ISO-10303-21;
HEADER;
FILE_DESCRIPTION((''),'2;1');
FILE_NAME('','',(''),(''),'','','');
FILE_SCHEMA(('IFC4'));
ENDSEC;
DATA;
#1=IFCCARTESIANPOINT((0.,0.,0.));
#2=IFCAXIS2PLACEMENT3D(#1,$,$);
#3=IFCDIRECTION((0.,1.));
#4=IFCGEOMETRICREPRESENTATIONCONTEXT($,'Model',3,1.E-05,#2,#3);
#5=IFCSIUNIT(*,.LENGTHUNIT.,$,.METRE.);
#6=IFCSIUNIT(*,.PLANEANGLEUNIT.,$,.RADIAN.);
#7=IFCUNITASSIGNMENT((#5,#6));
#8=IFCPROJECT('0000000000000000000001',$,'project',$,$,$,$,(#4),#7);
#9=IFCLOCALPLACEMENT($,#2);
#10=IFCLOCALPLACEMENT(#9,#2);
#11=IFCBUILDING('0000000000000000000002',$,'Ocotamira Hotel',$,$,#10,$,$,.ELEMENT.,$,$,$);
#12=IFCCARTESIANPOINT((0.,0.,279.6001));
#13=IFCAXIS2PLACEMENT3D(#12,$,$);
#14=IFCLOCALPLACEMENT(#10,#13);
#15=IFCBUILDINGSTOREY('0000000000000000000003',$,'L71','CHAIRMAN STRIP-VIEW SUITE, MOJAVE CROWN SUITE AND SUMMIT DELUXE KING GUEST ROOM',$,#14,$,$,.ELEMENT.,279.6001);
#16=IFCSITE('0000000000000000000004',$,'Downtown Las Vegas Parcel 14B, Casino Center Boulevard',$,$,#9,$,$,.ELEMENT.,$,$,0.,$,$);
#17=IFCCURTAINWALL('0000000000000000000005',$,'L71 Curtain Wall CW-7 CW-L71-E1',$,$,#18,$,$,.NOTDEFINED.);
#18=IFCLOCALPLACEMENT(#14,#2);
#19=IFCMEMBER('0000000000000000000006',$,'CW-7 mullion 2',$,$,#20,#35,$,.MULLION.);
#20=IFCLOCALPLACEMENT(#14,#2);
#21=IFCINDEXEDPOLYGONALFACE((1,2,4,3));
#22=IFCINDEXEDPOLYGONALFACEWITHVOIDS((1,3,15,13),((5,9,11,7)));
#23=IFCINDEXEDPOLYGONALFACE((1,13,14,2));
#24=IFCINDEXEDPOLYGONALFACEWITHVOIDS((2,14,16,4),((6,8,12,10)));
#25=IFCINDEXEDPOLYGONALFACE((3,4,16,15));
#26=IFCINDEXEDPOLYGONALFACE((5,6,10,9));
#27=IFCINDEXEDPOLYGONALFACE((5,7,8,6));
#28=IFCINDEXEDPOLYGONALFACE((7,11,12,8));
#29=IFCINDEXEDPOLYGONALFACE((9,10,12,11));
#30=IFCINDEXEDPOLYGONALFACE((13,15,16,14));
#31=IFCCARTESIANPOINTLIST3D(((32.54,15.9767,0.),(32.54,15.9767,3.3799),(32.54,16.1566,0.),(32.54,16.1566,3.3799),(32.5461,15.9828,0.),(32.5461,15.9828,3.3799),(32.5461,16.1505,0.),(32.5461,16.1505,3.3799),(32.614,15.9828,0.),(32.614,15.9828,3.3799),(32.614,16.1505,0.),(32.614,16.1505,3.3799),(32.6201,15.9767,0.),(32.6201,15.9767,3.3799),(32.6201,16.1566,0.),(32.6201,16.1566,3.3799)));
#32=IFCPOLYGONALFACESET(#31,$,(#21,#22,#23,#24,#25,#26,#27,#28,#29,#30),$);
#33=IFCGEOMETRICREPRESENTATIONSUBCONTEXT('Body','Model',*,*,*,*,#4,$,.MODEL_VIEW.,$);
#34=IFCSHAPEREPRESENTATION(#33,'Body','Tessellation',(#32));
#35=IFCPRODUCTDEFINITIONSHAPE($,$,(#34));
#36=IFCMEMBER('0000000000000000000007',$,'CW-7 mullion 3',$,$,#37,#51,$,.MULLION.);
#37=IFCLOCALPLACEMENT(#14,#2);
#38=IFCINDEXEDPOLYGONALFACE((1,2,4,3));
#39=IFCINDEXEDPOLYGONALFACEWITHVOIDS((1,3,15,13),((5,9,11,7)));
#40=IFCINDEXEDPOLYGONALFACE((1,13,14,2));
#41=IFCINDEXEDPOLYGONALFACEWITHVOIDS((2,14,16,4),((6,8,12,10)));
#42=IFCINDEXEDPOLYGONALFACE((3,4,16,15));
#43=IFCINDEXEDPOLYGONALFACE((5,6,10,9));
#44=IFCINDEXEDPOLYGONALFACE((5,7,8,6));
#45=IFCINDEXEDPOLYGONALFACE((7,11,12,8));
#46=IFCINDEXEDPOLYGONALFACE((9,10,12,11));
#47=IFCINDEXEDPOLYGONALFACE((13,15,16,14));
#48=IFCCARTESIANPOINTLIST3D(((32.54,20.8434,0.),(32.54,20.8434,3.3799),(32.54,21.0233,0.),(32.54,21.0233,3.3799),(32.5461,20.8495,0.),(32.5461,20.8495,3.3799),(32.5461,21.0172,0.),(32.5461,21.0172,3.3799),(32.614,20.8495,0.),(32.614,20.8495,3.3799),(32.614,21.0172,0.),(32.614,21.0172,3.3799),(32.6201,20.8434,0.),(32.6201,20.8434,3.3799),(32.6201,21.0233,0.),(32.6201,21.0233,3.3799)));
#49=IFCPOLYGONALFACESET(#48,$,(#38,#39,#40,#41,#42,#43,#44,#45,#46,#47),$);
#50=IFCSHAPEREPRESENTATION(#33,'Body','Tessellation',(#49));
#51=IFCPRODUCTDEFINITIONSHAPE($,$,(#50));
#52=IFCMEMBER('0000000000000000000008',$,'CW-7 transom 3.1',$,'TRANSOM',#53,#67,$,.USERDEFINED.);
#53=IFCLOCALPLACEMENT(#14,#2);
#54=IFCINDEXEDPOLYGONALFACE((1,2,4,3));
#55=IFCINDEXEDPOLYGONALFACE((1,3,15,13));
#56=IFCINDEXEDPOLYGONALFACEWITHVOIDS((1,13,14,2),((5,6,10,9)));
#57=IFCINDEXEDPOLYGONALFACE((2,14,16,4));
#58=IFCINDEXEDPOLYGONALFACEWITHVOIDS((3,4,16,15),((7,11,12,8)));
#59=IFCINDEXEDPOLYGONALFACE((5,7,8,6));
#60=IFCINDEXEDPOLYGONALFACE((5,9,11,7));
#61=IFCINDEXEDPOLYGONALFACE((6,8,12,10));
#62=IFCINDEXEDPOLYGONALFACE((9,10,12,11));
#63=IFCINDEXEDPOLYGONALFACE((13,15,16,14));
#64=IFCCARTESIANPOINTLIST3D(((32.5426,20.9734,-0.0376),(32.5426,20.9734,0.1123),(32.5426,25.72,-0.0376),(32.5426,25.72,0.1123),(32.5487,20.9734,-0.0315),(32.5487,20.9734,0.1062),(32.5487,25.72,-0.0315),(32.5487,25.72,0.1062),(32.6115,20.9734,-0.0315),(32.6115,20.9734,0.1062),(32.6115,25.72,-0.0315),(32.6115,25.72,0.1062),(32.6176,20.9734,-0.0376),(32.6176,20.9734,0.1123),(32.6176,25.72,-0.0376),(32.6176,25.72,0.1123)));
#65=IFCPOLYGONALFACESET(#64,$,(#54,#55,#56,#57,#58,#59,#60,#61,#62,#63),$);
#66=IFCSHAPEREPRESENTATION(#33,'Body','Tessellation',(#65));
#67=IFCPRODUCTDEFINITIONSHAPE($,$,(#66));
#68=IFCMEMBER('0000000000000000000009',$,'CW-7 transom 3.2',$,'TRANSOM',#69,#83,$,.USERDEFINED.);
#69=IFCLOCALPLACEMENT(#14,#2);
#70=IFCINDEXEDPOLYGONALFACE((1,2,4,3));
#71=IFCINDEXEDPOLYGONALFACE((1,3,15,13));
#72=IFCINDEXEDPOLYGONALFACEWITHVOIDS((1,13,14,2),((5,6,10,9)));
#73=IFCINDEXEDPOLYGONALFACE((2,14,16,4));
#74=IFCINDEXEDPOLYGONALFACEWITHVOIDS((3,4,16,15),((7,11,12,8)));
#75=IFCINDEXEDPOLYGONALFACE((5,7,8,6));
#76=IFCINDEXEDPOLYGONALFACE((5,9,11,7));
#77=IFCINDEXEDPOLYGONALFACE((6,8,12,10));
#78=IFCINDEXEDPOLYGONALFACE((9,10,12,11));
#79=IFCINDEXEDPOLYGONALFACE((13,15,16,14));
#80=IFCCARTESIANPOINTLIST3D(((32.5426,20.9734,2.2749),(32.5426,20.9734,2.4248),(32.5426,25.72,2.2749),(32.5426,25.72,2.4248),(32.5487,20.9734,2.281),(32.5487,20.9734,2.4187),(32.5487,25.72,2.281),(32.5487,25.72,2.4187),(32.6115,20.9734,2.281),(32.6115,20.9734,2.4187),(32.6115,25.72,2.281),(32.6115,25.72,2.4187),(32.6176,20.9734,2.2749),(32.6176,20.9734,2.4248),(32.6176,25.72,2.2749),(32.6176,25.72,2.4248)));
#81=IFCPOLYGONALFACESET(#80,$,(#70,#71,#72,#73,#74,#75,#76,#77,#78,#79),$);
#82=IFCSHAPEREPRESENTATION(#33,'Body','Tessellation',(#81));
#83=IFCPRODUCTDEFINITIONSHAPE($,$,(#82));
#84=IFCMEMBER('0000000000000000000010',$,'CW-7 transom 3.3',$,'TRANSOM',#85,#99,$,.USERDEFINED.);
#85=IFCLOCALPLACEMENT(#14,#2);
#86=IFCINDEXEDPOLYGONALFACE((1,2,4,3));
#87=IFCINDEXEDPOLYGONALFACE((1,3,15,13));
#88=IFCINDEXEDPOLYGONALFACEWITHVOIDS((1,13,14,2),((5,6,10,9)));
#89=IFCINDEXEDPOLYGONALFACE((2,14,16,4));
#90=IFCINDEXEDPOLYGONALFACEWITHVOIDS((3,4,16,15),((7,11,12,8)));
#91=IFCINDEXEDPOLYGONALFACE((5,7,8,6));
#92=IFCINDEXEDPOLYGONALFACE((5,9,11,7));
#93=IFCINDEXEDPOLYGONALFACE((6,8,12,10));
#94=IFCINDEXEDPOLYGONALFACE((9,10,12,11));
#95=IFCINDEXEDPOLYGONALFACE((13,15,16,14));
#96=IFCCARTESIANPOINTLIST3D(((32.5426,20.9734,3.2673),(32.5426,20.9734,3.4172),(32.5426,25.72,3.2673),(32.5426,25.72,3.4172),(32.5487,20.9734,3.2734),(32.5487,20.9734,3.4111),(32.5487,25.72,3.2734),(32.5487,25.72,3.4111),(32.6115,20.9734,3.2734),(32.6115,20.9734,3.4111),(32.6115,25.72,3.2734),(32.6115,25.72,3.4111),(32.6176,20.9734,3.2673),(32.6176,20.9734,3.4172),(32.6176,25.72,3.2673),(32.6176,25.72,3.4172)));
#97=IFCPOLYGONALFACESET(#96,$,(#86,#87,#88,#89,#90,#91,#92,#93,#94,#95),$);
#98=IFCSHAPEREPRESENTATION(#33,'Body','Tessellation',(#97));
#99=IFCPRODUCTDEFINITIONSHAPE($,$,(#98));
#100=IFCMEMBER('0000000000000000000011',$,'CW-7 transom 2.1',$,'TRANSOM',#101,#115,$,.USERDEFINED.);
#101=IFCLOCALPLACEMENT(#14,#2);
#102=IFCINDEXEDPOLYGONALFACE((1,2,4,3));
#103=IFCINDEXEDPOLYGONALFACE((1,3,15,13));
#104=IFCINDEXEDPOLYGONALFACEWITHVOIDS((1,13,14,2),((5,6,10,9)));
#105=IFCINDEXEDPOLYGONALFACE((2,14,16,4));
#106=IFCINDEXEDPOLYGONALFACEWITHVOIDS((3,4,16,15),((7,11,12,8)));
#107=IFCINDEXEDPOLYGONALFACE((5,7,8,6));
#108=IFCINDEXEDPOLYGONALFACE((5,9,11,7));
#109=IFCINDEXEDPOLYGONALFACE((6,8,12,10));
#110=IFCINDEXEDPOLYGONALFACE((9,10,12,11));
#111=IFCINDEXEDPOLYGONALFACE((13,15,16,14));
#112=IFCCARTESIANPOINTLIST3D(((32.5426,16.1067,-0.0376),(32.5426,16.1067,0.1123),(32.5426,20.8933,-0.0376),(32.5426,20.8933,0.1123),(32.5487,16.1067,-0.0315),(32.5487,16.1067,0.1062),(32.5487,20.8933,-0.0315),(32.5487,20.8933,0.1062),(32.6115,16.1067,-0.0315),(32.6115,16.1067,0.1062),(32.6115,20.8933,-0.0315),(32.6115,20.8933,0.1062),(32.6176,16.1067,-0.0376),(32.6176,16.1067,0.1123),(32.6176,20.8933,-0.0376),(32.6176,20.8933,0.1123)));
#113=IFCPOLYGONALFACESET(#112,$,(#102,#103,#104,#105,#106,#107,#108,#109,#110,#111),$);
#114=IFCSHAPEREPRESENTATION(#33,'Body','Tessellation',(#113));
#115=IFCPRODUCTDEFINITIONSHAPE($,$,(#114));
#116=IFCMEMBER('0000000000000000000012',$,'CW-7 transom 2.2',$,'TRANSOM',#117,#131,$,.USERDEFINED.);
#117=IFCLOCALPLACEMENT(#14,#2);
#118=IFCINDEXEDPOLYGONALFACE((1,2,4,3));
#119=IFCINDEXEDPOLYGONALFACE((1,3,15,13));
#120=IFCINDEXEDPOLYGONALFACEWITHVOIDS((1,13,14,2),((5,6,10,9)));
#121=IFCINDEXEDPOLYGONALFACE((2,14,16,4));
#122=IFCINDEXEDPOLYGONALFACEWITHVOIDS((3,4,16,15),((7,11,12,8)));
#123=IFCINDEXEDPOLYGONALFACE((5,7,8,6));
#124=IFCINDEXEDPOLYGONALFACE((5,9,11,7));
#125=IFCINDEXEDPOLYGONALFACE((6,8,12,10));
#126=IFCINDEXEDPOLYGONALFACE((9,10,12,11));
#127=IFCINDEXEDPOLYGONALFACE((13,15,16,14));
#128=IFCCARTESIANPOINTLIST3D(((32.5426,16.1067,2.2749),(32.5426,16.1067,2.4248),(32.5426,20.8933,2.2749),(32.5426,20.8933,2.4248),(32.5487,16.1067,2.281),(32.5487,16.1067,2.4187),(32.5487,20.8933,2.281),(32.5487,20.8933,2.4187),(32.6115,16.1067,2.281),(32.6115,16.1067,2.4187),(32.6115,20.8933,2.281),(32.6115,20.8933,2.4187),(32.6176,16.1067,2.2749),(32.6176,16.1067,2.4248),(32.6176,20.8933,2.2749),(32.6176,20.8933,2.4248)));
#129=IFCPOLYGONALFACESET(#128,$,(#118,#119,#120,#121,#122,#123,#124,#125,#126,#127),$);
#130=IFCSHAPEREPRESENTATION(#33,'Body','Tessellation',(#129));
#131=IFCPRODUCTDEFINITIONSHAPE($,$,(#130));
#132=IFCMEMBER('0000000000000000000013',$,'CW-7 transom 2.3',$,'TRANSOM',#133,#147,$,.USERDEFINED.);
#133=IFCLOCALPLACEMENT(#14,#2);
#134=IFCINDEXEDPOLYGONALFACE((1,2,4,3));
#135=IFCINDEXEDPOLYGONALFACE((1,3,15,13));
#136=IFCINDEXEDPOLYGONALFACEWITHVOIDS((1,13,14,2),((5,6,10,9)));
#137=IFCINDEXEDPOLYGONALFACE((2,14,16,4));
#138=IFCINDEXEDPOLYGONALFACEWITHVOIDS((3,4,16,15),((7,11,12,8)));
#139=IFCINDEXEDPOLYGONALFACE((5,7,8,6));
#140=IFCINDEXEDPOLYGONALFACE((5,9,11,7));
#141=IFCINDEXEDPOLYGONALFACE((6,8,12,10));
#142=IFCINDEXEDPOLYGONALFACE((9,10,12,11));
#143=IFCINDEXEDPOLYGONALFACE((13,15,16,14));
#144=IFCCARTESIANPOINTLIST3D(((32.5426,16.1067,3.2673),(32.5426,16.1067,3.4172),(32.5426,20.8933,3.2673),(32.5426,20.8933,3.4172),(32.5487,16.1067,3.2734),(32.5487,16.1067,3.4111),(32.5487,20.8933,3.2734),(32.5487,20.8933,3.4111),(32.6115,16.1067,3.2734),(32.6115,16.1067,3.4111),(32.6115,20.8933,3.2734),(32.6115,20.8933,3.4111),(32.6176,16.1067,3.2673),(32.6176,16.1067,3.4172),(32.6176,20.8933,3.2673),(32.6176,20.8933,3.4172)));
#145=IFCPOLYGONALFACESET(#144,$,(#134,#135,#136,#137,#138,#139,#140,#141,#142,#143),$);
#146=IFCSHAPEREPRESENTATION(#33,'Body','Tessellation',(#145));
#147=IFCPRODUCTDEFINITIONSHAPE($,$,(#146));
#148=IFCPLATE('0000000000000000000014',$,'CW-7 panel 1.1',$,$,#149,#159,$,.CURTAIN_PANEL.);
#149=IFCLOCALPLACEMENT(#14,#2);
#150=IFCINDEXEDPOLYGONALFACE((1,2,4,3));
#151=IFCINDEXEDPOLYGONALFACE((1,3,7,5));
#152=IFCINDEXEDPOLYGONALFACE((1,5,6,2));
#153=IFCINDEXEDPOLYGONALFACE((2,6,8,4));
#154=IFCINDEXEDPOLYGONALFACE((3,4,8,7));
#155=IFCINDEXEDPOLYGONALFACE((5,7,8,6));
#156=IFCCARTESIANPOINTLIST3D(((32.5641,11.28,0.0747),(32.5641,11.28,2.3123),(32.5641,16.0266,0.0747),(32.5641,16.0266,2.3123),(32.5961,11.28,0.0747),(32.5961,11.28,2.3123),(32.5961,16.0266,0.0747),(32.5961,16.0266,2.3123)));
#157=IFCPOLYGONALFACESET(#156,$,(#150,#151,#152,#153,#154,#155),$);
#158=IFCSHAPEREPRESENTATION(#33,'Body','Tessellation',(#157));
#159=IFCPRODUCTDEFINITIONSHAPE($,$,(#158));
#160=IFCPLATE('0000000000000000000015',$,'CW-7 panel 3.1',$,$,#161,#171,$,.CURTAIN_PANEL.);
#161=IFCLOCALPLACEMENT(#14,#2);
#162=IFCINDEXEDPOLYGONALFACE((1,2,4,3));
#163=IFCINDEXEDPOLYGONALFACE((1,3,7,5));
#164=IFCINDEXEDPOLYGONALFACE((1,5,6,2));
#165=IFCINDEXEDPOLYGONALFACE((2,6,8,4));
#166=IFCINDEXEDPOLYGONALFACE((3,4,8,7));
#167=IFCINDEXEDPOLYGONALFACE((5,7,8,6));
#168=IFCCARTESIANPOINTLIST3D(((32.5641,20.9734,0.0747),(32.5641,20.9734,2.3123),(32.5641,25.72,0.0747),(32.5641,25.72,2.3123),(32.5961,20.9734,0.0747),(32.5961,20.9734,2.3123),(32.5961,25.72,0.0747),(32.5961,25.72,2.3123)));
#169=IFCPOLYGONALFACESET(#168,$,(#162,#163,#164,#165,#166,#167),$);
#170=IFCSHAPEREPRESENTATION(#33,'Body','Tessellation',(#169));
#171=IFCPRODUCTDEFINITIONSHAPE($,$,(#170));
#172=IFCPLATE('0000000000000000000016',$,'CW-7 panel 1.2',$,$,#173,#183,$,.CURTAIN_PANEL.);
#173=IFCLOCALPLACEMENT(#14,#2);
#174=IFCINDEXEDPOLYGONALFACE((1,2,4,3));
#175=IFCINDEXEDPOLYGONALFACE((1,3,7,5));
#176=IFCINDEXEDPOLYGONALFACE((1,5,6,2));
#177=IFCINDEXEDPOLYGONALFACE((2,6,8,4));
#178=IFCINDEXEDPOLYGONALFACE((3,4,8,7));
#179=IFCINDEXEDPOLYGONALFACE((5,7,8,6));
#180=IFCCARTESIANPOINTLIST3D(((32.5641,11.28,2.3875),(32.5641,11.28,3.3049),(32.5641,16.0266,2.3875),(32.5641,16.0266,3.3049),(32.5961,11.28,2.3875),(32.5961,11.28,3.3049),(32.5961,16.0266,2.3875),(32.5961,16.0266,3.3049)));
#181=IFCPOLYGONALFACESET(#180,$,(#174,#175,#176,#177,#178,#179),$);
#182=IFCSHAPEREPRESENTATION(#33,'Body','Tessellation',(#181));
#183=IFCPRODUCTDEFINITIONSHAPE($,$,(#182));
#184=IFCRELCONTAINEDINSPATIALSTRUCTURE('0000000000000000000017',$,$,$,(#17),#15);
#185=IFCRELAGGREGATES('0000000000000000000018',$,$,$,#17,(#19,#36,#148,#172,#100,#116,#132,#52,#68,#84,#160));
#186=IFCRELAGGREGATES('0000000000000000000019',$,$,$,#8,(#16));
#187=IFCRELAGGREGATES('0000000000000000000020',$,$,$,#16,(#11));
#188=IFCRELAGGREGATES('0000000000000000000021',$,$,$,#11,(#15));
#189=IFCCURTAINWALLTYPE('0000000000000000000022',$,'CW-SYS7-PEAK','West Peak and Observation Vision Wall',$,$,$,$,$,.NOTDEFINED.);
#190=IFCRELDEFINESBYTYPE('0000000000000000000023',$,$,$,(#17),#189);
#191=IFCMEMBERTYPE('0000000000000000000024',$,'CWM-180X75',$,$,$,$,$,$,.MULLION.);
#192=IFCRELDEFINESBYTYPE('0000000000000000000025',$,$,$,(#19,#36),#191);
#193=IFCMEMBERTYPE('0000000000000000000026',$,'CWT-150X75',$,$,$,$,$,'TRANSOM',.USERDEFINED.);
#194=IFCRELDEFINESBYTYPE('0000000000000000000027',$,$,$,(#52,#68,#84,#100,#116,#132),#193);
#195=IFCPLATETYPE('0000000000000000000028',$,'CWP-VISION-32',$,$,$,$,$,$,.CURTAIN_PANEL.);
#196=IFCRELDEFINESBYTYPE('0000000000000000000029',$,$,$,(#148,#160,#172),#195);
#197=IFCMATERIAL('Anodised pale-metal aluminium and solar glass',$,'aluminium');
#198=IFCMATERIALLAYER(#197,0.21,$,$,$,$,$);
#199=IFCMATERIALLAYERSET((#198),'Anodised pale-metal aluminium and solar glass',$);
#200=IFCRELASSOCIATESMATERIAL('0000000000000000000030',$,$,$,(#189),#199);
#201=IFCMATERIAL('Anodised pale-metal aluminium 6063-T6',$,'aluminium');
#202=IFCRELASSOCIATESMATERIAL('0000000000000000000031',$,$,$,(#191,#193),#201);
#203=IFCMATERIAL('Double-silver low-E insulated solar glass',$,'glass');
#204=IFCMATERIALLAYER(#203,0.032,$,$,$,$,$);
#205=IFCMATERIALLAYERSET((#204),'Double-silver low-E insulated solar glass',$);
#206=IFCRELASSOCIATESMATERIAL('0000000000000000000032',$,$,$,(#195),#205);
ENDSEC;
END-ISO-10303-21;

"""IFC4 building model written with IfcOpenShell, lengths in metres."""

from ifc_helpers import new_model, si_unit, direction, frame, origin, origin_2d, place, context, subcontext, project, spatial, rectangle, hollow_rectangle, extrude, source, transform, mapped, material, layer, layer_set, material_profile, profile_set, type_object, element, aggregate, save


model = new_model("IFC4")

# Units and contexts
model_context = context("Model", 3, precision=1e-05, world=origin(), true_north=direction((0.0, 1.0)))
body_context = subcontext(model_context, "Body", "Model", "MODEL_VIEW")
ifc_project = project(units=[si_unit("LENGTHUNIT", "METRE"), si_unit("PLANEANGLEUNIT", "RADIAN")], contexts=[model_context])

# Site, building, storey
site_placement = place(None, origin())
site = spatial("IfcSite", under=ifc_project, at=site_placement, Name="Downtown Las Vegas Parcel 14B, Casino Center Boulevard", CompositionType="ELEMENT", RefElevation=0.0)
building_placement = place(site_placement, origin())
building = spatial("IfcBuilding", under=site, at=building_placement, Name="Ocotamira Hotel", CompositionType="ELEMENT")
storey_placement = place(building_placement, frame((0.0, 0.0, 279.6001)))
storey = spatial("IfcBuildingStorey", under=building, at=storey_placement, Name="L71", Description="CHAIRMAN STRIP-VIEW SUITE, MOJAVE CROWN SUITE AND SUMMIT DELUXE KING GUEST ROOM", CompositionType="ELEMENT", Elevation=279.6001)

# Curtain wall, members, plates
ifc_material_1 = material(Name="Anodised pale-metal aluminium and solar glass", Category="aluminium")
ifc_layer_1 = layer(ifc_material_1, 0.21)
ifc_layer_set_1 = layer_set([ifc_layer_1], Name="Anodised pale-metal aluminium and solar glass")
curtain_wall_type = type_object("IfcCurtainWallType", Name="CW-SYS7-PEAK", Description="West Peak and Observation Vision Wall", PredefinedType="NOTDEFINED", material=ifc_layer_set_1)
curtain_wall_placement = place(storey_placement, origin())
curtain_wall = element("IfcCurtainWall", 1, at=curtain_wall_placement, inside=storey, type_object=curtain_wall_type, Name="L71 Curtain Wall CW-7 CW-L71-E1", PredefinedType="NOTDEFINED")
ifc_material_2 = material(Name="Anodised pale-metal aluminium 6063-T6", Category="aluminium")
ifc_material_profile_1 = material_profile(ifc_material_2, hollow_rectangle(XDim=0.0801, YDim=0.1799, WallThickness=0.0061, at=origin_2d()), Name="HSS180X80X6")
ifc_profile_set_1 = profile_set([ifc_material_profile_1], Name="Anodised pale-metal aluminium 6063-T6")
member_type_1 = type_object("IfcMemberType", Name="CWM-180X75", PredefinedType="MULLION", material=ifc_profile_set_1)
shared_shape_1 = source(origin(), body_context, "Body", "SweptSolid", [
    extrude(hollow_rectangle(XDim=0.0801, YDim=0.1799, WallThickness=0.0061, at=origin_2d()), origin(), (0.0, 0.0, 1.0), 3.3799),
])
member_1_placement = place(storey_placement, frame((32.5801, 16.0667, 0.0), z_axis=(0.0, 0.0, 1.0), x_axis=(-1.0, 0.0, 0.0)))
member_1 = element("IfcMember", 2, at=member_1_placement, type_object=member_type_1, Name="CW-7 mullion 2", PredefinedType="MULLION", context=body_context, shape_type="MappedRepresentation", body=[
    mapped(shared_shape_1, transform((0.0, 0.0, 0.0), scale=1.0)),
])
member_2_placement = place(storey_placement, frame((32.5801, 20.9333, 0.0), z_axis=(0.0, 0.0, 1.0), x_axis=(-1.0, 0.0, 0.0)))
member_2 = element("IfcMember", 3, at=member_2_placement, type_object=member_type_1, Name="CW-7 mullion 3", PredefinedType="MULLION", context=body_context, shape_type="MappedRepresentation", body=[
    mapped(shared_shape_1, transform((0.0, 0.0, 0.0), scale=1.0)),
])
ifc_material_profile_2 = material_profile(ifc_material_2, hollow_rectangle(XDim=0.075, YDim=0.1499, WallThickness=0.0061, at=origin_2d()), Name="HSS150X75X6")
ifc_profile_set_2 = profile_set([ifc_material_profile_2], Name="Anodised pale-metal aluminium 6063-T6")
member_type_2 = type_object("IfcMemberType", Name="CWT-150X75", ElementType="TRANSOM", PredefinedType="USERDEFINED", material=ifc_profile_set_2)
shared_shape_2 = source(origin(), body_context, "Body", "SweptSolid", [
    extrude(hollow_rectangle(XDim=0.075, YDim=0.1499, WallThickness=0.0061, at=origin_2d()), origin(), (0.0, 0.0, 1.0), 4.7466),
])
member_3_placement = place(storey_placement, frame((32.5801, 20.9734, 0.0374), z_axis=(0.0, 1.0, 0.0), x_axis=(-1.0, 0.0, 0.0)))
member_3 = element("IfcMember", 4, at=member_3_placement, type_object=member_type_2, Name="CW-7 transom 3.1", ObjectType="TRANSOM", PredefinedType="USERDEFINED", context=body_context, shape_type="MappedRepresentation", body=[
    mapped(shared_shape_2, transform((0.0, 0.0, 0.0), scale=1.0)),
])
member_4_placement = place(storey_placement, frame((32.5801, 20.9734, 2.3499), z_axis=(0.0, 1.0, 0.0), x_axis=(-1.0, 0.0, 0.0)))
member_4 = element("IfcMember", 5, at=member_4_placement, type_object=member_type_2, Name="CW-7 transom 3.2", ObjectType="TRANSOM", PredefinedType="USERDEFINED", context=body_context, shape_type="MappedRepresentation", body=[
    mapped(shared_shape_2, transform((0.0, 0.0, 0.0), scale=1.0)),
])
member_5_placement = place(storey_placement, frame((32.5801, 20.9734, 3.3423), z_axis=(0.0, 1.0, 0.0), x_axis=(-1.0, 0.0, 0.0)))
member_5 = element("IfcMember", 6, at=member_5_placement, type_object=member_type_2, Name="CW-7 transom 3.3", ObjectType="TRANSOM", PredefinedType="USERDEFINED", context=body_context, shape_type="MappedRepresentation", body=[
    mapped(shared_shape_2, transform((0.0, 0.0, 0.0), scale=1.0)),
])
shared_shape_3 = source(origin(), body_context, "Body", "SweptSolid", [
    extrude(hollow_rectangle(XDim=0.075, YDim=0.1499, WallThickness=0.0061, at=origin_2d()), origin(), (0.0, 0.0, 1.0), 4.7866),
])
member_6_placement = place(storey_placement, frame((32.5801, 16.1067, 0.0374), z_axis=(0.0, 1.0, 0.0), x_axis=(-1.0, 0.0, 0.0)))
member_6 = element("IfcMember", 7, at=member_6_placement, type_object=member_type_2, Name="CW-7 transom 2.1", ObjectType="TRANSOM", PredefinedType="USERDEFINED", context=body_context, shape_type="MappedRepresentation", body=[
    mapped(shared_shape_3, transform((0.0, 0.0, 0.0), scale=1.0)),
])
member_7_placement = place(storey_placement, frame((32.5801, 16.1067, 2.3499), z_axis=(0.0, 1.0, 0.0), x_axis=(-1.0, 0.0, 0.0)))
member_7 = element("IfcMember", 8, at=member_7_placement, type_object=member_type_2, Name="CW-7 transom 2.2", ObjectType="TRANSOM", PredefinedType="USERDEFINED", context=body_context, shape_type="MappedRepresentation", body=[
    mapped(shared_shape_3, transform((0.0, 0.0, 0.0), scale=1.0)),
])
member_8_placement = place(storey_placement, frame((32.5801, 16.1067, 3.3423), z_axis=(0.0, 1.0, 0.0), x_axis=(-1.0, 0.0, 0.0)))
member_8 = element("IfcMember", 9, at=member_8_placement, type_object=member_type_2, Name="CW-7 transom 2.3", ObjectType="TRANSOM", PredefinedType="USERDEFINED", context=body_context, shape_type="MappedRepresentation", body=[
    mapped(shared_shape_3, transform((0.0, 0.0, 0.0), scale=1.0)),
])
ifc_material_3 = material(Name="Double-silver low-E insulated solar glass", Category="glass")
ifc_layer_2 = layer(ifc_material_3, 0.032)
ifc_layer_set_2 = layer_set([ifc_layer_2], Name="Double-silver low-E insulated solar glass")
plate_type = type_object("IfcPlateType", Name="CWP-VISION-32", PredefinedType="CURTAIN_PANEL", material=ifc_layer_set_2)
shared_shape_4 = source(origin(), body_context, "Body", "SweptSolid", [
    extrude(rectangle(XDim=4.7466, YDim=0.032, at=origin_2d()), origin(), (0.0, 0.0, 1.0), 2.2375),
])
plate_1_placement = place(storey_placement, frame((32.5801, 13.6533, 0.0747), z_axis=(0.0, 0.0, 1.0), x_axis=(0.0, 1.0, 0.0)))
plate_1 = element("IfcPlate", 10, at=plate_1_placement, type_object=plate_type, Name="CW-7 panel 1.1", PredefinedType="CURTAIN_PANEL", context=body_context, shape_type="MappedRepresentation", body=[
    mapped(shared_shape_4, transform((0.0, 0.0, 0.0), scale=1.0)),
])
plate_2_placement = place(storey_placement, frame((32.5801, 23.3467, 0.0747), z_axis=(0.0, 0.0, 1.0), x_axis=(0.0, 1.0, 0.0)))
plate_2 = element("IfcPlate", 11, at=plate_2_placement, type_object=plate_type, Name="CW-7 panel 3.1", PredefinedType="CURTAIN_PANEL", context=body_context, shape_type="MappedRepresentation", body=[
    mapped(shared_shape_4, transform((0.0, 0.0, 0.0), scale=1.0)),
])
shared_shape_5 = source(origin(), body_context, "Body", "SweptSolid", [
    extrude(rectangle(XDim=4.7466, YDim=0.032, at=origin_2d()), origin(), (0.0, 0.0, 1.0), 0.9175),
])
plate_3_placement = place(storey_placement, frame((32.5801, 13.6533, 2.3875), z_axis=(0.0, 0.0, 1.0), x_axis=(0.0, 1.0, 0.0)))
plate_3 = element("IfcPlate", 12, at=plate_3_placement, type_object=plate_type, Name="CW-7 panel 1.2", PredefinedType="CURTAIN_PANEL", context=body_context, shape_type="MappedRepresentation", body=[
    mapped(shared_shape_5, transform((0.0, 0.0, 0.0), scale=1.0)),
])
aggregate(curtain_wall, [member_1, member_2, plate_1, plate_3, member_6, member_7, member_8, member_3, member_4, member_5, plate_2])

save(model, "model.ifc")
